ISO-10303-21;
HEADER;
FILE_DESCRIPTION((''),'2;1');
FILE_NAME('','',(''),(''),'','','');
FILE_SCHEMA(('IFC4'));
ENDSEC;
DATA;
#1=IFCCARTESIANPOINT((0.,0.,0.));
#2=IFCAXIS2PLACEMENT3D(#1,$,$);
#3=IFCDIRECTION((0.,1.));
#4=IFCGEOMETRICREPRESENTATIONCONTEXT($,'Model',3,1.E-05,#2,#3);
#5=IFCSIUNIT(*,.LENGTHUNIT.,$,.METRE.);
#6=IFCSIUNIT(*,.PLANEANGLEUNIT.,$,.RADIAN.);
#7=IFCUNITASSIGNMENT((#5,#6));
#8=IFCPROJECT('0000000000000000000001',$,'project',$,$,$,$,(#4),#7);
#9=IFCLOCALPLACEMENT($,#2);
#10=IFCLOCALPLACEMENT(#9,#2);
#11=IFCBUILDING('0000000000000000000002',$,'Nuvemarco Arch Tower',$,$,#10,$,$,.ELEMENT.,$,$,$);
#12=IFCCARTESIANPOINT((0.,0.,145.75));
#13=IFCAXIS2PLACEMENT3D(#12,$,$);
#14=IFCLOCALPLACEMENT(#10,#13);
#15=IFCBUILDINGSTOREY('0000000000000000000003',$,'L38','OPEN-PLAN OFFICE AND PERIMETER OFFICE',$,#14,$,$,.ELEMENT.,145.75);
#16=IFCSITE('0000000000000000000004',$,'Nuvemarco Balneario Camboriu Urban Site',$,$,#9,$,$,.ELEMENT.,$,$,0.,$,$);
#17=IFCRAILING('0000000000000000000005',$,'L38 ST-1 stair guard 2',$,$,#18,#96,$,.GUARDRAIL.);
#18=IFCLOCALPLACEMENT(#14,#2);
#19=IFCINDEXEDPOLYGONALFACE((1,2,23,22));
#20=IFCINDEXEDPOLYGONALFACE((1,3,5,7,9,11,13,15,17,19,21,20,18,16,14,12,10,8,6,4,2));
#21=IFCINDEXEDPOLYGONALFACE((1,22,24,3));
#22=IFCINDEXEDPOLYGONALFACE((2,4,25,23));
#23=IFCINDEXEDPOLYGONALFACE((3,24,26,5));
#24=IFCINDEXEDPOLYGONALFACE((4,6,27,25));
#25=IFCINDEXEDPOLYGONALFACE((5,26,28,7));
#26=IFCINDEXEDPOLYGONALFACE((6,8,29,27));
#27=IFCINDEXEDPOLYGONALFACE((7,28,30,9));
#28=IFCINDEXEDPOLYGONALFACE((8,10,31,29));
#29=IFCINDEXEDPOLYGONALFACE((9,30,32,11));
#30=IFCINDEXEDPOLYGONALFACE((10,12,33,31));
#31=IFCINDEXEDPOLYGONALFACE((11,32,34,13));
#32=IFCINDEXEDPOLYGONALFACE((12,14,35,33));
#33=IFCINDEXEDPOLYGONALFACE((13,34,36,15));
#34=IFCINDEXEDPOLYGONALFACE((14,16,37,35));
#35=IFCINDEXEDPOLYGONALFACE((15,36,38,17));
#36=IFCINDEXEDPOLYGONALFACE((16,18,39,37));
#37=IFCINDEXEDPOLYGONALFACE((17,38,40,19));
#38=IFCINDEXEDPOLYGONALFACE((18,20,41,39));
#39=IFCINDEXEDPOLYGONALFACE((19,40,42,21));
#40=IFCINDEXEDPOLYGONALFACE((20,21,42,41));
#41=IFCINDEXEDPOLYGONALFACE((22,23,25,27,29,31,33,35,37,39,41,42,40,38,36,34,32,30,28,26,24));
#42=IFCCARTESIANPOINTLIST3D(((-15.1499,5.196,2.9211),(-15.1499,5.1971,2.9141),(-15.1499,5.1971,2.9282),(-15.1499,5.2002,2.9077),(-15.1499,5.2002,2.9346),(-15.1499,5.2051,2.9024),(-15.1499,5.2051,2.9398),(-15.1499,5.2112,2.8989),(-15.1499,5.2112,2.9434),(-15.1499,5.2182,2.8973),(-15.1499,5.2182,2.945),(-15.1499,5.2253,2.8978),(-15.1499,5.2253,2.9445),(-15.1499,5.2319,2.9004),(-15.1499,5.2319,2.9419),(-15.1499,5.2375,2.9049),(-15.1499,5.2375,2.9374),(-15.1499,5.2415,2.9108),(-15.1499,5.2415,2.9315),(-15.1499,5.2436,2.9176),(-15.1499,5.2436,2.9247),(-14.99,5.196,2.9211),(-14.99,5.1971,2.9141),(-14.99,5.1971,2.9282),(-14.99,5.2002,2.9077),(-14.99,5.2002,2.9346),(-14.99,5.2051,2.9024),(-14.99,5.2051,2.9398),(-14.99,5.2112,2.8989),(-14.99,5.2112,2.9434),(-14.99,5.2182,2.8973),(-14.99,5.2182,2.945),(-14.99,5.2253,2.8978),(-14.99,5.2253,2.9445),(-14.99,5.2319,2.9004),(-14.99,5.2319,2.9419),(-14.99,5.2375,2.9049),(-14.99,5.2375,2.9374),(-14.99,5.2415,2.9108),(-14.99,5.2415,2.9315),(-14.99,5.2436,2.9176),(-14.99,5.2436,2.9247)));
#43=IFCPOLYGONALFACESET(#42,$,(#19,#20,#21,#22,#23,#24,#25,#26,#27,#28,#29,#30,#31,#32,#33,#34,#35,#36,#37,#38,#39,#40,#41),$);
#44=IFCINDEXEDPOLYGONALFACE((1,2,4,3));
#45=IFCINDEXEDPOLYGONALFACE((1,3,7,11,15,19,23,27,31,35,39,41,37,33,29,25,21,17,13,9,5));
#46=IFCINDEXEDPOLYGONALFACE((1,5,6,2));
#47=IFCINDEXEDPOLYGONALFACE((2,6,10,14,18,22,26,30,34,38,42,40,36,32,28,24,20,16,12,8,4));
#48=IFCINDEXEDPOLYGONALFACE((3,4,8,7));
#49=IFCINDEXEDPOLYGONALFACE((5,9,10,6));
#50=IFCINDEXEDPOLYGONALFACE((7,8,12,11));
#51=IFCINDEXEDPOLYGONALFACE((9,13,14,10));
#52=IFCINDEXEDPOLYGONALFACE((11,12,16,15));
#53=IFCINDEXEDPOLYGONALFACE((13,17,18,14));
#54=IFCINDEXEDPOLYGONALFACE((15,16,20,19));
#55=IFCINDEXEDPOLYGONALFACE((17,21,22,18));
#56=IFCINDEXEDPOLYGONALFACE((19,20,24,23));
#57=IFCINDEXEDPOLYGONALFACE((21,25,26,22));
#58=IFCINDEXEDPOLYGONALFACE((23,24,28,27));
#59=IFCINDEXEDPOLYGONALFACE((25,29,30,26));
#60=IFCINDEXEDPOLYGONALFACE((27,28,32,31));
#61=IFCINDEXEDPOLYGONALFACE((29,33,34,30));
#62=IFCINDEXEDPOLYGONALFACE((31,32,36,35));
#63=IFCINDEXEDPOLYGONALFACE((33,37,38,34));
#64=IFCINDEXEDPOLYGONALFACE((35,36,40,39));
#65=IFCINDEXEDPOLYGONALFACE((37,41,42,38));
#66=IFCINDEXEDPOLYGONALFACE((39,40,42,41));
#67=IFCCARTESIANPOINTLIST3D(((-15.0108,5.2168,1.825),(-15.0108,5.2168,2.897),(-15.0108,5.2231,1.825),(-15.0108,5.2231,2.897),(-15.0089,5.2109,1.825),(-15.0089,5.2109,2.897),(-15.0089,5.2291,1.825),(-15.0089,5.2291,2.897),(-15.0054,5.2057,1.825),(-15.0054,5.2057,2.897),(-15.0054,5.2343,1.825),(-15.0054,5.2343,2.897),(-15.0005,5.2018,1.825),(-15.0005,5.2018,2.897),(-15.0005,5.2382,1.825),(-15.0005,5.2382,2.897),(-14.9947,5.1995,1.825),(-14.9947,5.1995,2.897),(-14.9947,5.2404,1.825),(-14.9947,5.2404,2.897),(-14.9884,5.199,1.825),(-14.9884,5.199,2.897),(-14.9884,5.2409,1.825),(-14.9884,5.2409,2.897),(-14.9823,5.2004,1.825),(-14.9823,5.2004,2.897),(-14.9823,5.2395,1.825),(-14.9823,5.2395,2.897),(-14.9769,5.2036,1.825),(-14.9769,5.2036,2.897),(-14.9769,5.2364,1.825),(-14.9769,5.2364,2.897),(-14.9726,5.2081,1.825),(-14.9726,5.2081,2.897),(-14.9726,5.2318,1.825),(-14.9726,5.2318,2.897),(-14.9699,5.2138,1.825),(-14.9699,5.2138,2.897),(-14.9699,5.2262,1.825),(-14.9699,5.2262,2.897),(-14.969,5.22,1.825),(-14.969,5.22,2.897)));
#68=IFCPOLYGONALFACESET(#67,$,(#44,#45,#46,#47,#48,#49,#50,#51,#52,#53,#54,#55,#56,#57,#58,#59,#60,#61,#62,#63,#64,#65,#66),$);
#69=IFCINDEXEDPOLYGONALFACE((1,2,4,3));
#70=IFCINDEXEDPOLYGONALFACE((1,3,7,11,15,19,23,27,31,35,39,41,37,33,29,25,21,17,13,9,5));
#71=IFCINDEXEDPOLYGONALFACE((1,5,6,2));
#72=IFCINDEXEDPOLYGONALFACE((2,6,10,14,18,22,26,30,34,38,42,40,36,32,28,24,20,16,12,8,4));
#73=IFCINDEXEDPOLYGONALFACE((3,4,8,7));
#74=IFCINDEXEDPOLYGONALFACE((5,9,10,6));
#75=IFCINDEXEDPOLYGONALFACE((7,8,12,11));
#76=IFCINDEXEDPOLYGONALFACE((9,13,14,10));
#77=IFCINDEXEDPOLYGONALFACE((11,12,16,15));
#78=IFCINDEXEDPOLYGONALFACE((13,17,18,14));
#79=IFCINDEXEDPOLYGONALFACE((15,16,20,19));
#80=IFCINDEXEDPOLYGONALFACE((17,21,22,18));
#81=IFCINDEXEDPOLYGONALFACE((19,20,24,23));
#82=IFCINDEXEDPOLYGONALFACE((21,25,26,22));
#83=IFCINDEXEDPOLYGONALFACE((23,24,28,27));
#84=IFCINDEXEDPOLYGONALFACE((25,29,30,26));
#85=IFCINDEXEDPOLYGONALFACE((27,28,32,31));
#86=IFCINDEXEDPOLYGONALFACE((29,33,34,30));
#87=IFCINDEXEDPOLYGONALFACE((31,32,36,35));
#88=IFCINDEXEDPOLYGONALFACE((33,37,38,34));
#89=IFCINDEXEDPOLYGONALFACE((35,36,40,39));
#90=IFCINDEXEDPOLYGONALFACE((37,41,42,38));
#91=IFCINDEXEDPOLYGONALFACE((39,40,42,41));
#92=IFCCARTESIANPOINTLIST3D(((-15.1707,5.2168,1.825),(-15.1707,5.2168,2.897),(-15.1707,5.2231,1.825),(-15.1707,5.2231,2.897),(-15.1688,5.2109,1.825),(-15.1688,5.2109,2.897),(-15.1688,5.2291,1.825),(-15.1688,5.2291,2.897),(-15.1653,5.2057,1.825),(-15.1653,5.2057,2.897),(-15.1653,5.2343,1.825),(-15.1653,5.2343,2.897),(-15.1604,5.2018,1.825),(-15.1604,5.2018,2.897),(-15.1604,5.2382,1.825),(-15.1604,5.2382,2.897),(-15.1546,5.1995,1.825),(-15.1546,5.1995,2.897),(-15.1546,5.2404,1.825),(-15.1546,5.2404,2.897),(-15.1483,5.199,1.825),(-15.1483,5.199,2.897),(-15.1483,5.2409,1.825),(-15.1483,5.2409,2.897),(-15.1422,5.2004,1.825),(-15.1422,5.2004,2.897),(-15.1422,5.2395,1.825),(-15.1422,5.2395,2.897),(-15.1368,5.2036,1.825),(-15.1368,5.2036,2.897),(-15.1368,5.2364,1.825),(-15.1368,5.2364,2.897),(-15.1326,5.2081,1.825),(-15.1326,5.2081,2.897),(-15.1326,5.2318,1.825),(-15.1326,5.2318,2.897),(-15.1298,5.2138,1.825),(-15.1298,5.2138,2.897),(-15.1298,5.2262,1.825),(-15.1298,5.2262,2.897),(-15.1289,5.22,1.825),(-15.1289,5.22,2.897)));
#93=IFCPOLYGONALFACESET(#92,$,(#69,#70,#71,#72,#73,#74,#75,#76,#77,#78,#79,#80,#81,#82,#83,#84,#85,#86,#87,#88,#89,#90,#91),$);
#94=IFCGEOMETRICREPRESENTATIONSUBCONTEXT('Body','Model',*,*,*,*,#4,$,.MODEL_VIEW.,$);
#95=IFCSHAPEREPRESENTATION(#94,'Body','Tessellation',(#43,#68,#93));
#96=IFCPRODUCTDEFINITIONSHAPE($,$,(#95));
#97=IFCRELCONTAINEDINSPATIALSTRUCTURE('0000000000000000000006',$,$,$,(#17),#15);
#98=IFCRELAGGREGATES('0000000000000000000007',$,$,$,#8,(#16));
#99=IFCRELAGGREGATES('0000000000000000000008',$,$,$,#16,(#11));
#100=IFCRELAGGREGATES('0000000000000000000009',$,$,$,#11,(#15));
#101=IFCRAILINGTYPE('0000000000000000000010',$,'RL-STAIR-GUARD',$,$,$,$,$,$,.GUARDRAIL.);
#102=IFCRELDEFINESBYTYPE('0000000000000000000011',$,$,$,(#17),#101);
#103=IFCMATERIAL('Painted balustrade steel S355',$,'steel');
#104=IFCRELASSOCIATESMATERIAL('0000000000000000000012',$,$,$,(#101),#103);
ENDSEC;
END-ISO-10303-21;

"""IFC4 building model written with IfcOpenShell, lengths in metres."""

from ifc_helpers import new_model, si_unit, direction, frame, origin, origin_2d, place, context, subcontext, project, spatial, circle, extrude, material, type_object, element, save


model = new_model("IFC4")

# Units and contexts
model_context = context("Model", 3, precision=1e-05, world=origin(), true_north=direction((0.0, 1.0)))
body_context = subcontext(model_context, "Body", "Model", "MODEL_VIEW")
ifc_project = project(units=[si_unit("LENGTHUNIT", "METRE"), si_unit("PLANEANGLEUNIT", "RADIAN")], contexts=[model_context])

# Site, building, storey
site_placement = place(None, origin())
site = spatial("IfcSite", under=ifc_project, at=site_placement, Name="Nuvemarco Balneario Camboriu Urban Site", CompositionType="ELEMENT", RefElevation=0.0)
building_placement = place(site_placement, origin())
building = spatial("IfcBuilding", under=site, at=building_placement, Name="Nuvemarco Arch Tower", CompositionType="ELEMENT")
storey_placement = place(building_placement, frame((0.0, 0.0, 145.75)))
storey = spatial("IfcBuildingStorey", under=building, at=storey_placement, Name="L38", Description="OPEN-PLAN OFFICE AND PERIMETER OFFICE", CompositionType="ELEMENT", Elevation=145.75)

# Railing
ifc_material_1 = material(Name="Painted balustrade steel S355", Category="steel")
railing_type_1 = type_object("IfcRailingType", Name="RL-STAIR-GUARD", PredefinedType="GUARDRAIL", material=ifc_material_1)
railing_1_placement = place(storey_placement, frame((-14.99, 5.22, 1.825)))
element("IfcRailing", 1, at=railing_1_placement, inside=storey, type_object=railing_type_1, Name="L38 ST-1 stair guard 2", PredefinedType="GUARDRAIL", context=body_context, shape_type="SweptSolid", body=[
    extrude(circle(Radius=0.0239, at=origin_2d()), frame((0.0, 0.0, 1.0962), z_axis=(-1.0, 0.0, 0.0), x_axis=(0.0, -1.0, 0.0)), (0.0, 0.0, 1.0), 0.1599),
    extrude(circle(Radius=0.021, at=origin_2d()), origin(), (0.0, 0.0, 1.0), 1.072),
    extrude(circle(Radius=0.021, at=origin_2d()), frame((-0.1599, 0.0, 0.0)), (0.0, 0.0, 1.0), 1.072),
])

save(model, "model.ifc")
